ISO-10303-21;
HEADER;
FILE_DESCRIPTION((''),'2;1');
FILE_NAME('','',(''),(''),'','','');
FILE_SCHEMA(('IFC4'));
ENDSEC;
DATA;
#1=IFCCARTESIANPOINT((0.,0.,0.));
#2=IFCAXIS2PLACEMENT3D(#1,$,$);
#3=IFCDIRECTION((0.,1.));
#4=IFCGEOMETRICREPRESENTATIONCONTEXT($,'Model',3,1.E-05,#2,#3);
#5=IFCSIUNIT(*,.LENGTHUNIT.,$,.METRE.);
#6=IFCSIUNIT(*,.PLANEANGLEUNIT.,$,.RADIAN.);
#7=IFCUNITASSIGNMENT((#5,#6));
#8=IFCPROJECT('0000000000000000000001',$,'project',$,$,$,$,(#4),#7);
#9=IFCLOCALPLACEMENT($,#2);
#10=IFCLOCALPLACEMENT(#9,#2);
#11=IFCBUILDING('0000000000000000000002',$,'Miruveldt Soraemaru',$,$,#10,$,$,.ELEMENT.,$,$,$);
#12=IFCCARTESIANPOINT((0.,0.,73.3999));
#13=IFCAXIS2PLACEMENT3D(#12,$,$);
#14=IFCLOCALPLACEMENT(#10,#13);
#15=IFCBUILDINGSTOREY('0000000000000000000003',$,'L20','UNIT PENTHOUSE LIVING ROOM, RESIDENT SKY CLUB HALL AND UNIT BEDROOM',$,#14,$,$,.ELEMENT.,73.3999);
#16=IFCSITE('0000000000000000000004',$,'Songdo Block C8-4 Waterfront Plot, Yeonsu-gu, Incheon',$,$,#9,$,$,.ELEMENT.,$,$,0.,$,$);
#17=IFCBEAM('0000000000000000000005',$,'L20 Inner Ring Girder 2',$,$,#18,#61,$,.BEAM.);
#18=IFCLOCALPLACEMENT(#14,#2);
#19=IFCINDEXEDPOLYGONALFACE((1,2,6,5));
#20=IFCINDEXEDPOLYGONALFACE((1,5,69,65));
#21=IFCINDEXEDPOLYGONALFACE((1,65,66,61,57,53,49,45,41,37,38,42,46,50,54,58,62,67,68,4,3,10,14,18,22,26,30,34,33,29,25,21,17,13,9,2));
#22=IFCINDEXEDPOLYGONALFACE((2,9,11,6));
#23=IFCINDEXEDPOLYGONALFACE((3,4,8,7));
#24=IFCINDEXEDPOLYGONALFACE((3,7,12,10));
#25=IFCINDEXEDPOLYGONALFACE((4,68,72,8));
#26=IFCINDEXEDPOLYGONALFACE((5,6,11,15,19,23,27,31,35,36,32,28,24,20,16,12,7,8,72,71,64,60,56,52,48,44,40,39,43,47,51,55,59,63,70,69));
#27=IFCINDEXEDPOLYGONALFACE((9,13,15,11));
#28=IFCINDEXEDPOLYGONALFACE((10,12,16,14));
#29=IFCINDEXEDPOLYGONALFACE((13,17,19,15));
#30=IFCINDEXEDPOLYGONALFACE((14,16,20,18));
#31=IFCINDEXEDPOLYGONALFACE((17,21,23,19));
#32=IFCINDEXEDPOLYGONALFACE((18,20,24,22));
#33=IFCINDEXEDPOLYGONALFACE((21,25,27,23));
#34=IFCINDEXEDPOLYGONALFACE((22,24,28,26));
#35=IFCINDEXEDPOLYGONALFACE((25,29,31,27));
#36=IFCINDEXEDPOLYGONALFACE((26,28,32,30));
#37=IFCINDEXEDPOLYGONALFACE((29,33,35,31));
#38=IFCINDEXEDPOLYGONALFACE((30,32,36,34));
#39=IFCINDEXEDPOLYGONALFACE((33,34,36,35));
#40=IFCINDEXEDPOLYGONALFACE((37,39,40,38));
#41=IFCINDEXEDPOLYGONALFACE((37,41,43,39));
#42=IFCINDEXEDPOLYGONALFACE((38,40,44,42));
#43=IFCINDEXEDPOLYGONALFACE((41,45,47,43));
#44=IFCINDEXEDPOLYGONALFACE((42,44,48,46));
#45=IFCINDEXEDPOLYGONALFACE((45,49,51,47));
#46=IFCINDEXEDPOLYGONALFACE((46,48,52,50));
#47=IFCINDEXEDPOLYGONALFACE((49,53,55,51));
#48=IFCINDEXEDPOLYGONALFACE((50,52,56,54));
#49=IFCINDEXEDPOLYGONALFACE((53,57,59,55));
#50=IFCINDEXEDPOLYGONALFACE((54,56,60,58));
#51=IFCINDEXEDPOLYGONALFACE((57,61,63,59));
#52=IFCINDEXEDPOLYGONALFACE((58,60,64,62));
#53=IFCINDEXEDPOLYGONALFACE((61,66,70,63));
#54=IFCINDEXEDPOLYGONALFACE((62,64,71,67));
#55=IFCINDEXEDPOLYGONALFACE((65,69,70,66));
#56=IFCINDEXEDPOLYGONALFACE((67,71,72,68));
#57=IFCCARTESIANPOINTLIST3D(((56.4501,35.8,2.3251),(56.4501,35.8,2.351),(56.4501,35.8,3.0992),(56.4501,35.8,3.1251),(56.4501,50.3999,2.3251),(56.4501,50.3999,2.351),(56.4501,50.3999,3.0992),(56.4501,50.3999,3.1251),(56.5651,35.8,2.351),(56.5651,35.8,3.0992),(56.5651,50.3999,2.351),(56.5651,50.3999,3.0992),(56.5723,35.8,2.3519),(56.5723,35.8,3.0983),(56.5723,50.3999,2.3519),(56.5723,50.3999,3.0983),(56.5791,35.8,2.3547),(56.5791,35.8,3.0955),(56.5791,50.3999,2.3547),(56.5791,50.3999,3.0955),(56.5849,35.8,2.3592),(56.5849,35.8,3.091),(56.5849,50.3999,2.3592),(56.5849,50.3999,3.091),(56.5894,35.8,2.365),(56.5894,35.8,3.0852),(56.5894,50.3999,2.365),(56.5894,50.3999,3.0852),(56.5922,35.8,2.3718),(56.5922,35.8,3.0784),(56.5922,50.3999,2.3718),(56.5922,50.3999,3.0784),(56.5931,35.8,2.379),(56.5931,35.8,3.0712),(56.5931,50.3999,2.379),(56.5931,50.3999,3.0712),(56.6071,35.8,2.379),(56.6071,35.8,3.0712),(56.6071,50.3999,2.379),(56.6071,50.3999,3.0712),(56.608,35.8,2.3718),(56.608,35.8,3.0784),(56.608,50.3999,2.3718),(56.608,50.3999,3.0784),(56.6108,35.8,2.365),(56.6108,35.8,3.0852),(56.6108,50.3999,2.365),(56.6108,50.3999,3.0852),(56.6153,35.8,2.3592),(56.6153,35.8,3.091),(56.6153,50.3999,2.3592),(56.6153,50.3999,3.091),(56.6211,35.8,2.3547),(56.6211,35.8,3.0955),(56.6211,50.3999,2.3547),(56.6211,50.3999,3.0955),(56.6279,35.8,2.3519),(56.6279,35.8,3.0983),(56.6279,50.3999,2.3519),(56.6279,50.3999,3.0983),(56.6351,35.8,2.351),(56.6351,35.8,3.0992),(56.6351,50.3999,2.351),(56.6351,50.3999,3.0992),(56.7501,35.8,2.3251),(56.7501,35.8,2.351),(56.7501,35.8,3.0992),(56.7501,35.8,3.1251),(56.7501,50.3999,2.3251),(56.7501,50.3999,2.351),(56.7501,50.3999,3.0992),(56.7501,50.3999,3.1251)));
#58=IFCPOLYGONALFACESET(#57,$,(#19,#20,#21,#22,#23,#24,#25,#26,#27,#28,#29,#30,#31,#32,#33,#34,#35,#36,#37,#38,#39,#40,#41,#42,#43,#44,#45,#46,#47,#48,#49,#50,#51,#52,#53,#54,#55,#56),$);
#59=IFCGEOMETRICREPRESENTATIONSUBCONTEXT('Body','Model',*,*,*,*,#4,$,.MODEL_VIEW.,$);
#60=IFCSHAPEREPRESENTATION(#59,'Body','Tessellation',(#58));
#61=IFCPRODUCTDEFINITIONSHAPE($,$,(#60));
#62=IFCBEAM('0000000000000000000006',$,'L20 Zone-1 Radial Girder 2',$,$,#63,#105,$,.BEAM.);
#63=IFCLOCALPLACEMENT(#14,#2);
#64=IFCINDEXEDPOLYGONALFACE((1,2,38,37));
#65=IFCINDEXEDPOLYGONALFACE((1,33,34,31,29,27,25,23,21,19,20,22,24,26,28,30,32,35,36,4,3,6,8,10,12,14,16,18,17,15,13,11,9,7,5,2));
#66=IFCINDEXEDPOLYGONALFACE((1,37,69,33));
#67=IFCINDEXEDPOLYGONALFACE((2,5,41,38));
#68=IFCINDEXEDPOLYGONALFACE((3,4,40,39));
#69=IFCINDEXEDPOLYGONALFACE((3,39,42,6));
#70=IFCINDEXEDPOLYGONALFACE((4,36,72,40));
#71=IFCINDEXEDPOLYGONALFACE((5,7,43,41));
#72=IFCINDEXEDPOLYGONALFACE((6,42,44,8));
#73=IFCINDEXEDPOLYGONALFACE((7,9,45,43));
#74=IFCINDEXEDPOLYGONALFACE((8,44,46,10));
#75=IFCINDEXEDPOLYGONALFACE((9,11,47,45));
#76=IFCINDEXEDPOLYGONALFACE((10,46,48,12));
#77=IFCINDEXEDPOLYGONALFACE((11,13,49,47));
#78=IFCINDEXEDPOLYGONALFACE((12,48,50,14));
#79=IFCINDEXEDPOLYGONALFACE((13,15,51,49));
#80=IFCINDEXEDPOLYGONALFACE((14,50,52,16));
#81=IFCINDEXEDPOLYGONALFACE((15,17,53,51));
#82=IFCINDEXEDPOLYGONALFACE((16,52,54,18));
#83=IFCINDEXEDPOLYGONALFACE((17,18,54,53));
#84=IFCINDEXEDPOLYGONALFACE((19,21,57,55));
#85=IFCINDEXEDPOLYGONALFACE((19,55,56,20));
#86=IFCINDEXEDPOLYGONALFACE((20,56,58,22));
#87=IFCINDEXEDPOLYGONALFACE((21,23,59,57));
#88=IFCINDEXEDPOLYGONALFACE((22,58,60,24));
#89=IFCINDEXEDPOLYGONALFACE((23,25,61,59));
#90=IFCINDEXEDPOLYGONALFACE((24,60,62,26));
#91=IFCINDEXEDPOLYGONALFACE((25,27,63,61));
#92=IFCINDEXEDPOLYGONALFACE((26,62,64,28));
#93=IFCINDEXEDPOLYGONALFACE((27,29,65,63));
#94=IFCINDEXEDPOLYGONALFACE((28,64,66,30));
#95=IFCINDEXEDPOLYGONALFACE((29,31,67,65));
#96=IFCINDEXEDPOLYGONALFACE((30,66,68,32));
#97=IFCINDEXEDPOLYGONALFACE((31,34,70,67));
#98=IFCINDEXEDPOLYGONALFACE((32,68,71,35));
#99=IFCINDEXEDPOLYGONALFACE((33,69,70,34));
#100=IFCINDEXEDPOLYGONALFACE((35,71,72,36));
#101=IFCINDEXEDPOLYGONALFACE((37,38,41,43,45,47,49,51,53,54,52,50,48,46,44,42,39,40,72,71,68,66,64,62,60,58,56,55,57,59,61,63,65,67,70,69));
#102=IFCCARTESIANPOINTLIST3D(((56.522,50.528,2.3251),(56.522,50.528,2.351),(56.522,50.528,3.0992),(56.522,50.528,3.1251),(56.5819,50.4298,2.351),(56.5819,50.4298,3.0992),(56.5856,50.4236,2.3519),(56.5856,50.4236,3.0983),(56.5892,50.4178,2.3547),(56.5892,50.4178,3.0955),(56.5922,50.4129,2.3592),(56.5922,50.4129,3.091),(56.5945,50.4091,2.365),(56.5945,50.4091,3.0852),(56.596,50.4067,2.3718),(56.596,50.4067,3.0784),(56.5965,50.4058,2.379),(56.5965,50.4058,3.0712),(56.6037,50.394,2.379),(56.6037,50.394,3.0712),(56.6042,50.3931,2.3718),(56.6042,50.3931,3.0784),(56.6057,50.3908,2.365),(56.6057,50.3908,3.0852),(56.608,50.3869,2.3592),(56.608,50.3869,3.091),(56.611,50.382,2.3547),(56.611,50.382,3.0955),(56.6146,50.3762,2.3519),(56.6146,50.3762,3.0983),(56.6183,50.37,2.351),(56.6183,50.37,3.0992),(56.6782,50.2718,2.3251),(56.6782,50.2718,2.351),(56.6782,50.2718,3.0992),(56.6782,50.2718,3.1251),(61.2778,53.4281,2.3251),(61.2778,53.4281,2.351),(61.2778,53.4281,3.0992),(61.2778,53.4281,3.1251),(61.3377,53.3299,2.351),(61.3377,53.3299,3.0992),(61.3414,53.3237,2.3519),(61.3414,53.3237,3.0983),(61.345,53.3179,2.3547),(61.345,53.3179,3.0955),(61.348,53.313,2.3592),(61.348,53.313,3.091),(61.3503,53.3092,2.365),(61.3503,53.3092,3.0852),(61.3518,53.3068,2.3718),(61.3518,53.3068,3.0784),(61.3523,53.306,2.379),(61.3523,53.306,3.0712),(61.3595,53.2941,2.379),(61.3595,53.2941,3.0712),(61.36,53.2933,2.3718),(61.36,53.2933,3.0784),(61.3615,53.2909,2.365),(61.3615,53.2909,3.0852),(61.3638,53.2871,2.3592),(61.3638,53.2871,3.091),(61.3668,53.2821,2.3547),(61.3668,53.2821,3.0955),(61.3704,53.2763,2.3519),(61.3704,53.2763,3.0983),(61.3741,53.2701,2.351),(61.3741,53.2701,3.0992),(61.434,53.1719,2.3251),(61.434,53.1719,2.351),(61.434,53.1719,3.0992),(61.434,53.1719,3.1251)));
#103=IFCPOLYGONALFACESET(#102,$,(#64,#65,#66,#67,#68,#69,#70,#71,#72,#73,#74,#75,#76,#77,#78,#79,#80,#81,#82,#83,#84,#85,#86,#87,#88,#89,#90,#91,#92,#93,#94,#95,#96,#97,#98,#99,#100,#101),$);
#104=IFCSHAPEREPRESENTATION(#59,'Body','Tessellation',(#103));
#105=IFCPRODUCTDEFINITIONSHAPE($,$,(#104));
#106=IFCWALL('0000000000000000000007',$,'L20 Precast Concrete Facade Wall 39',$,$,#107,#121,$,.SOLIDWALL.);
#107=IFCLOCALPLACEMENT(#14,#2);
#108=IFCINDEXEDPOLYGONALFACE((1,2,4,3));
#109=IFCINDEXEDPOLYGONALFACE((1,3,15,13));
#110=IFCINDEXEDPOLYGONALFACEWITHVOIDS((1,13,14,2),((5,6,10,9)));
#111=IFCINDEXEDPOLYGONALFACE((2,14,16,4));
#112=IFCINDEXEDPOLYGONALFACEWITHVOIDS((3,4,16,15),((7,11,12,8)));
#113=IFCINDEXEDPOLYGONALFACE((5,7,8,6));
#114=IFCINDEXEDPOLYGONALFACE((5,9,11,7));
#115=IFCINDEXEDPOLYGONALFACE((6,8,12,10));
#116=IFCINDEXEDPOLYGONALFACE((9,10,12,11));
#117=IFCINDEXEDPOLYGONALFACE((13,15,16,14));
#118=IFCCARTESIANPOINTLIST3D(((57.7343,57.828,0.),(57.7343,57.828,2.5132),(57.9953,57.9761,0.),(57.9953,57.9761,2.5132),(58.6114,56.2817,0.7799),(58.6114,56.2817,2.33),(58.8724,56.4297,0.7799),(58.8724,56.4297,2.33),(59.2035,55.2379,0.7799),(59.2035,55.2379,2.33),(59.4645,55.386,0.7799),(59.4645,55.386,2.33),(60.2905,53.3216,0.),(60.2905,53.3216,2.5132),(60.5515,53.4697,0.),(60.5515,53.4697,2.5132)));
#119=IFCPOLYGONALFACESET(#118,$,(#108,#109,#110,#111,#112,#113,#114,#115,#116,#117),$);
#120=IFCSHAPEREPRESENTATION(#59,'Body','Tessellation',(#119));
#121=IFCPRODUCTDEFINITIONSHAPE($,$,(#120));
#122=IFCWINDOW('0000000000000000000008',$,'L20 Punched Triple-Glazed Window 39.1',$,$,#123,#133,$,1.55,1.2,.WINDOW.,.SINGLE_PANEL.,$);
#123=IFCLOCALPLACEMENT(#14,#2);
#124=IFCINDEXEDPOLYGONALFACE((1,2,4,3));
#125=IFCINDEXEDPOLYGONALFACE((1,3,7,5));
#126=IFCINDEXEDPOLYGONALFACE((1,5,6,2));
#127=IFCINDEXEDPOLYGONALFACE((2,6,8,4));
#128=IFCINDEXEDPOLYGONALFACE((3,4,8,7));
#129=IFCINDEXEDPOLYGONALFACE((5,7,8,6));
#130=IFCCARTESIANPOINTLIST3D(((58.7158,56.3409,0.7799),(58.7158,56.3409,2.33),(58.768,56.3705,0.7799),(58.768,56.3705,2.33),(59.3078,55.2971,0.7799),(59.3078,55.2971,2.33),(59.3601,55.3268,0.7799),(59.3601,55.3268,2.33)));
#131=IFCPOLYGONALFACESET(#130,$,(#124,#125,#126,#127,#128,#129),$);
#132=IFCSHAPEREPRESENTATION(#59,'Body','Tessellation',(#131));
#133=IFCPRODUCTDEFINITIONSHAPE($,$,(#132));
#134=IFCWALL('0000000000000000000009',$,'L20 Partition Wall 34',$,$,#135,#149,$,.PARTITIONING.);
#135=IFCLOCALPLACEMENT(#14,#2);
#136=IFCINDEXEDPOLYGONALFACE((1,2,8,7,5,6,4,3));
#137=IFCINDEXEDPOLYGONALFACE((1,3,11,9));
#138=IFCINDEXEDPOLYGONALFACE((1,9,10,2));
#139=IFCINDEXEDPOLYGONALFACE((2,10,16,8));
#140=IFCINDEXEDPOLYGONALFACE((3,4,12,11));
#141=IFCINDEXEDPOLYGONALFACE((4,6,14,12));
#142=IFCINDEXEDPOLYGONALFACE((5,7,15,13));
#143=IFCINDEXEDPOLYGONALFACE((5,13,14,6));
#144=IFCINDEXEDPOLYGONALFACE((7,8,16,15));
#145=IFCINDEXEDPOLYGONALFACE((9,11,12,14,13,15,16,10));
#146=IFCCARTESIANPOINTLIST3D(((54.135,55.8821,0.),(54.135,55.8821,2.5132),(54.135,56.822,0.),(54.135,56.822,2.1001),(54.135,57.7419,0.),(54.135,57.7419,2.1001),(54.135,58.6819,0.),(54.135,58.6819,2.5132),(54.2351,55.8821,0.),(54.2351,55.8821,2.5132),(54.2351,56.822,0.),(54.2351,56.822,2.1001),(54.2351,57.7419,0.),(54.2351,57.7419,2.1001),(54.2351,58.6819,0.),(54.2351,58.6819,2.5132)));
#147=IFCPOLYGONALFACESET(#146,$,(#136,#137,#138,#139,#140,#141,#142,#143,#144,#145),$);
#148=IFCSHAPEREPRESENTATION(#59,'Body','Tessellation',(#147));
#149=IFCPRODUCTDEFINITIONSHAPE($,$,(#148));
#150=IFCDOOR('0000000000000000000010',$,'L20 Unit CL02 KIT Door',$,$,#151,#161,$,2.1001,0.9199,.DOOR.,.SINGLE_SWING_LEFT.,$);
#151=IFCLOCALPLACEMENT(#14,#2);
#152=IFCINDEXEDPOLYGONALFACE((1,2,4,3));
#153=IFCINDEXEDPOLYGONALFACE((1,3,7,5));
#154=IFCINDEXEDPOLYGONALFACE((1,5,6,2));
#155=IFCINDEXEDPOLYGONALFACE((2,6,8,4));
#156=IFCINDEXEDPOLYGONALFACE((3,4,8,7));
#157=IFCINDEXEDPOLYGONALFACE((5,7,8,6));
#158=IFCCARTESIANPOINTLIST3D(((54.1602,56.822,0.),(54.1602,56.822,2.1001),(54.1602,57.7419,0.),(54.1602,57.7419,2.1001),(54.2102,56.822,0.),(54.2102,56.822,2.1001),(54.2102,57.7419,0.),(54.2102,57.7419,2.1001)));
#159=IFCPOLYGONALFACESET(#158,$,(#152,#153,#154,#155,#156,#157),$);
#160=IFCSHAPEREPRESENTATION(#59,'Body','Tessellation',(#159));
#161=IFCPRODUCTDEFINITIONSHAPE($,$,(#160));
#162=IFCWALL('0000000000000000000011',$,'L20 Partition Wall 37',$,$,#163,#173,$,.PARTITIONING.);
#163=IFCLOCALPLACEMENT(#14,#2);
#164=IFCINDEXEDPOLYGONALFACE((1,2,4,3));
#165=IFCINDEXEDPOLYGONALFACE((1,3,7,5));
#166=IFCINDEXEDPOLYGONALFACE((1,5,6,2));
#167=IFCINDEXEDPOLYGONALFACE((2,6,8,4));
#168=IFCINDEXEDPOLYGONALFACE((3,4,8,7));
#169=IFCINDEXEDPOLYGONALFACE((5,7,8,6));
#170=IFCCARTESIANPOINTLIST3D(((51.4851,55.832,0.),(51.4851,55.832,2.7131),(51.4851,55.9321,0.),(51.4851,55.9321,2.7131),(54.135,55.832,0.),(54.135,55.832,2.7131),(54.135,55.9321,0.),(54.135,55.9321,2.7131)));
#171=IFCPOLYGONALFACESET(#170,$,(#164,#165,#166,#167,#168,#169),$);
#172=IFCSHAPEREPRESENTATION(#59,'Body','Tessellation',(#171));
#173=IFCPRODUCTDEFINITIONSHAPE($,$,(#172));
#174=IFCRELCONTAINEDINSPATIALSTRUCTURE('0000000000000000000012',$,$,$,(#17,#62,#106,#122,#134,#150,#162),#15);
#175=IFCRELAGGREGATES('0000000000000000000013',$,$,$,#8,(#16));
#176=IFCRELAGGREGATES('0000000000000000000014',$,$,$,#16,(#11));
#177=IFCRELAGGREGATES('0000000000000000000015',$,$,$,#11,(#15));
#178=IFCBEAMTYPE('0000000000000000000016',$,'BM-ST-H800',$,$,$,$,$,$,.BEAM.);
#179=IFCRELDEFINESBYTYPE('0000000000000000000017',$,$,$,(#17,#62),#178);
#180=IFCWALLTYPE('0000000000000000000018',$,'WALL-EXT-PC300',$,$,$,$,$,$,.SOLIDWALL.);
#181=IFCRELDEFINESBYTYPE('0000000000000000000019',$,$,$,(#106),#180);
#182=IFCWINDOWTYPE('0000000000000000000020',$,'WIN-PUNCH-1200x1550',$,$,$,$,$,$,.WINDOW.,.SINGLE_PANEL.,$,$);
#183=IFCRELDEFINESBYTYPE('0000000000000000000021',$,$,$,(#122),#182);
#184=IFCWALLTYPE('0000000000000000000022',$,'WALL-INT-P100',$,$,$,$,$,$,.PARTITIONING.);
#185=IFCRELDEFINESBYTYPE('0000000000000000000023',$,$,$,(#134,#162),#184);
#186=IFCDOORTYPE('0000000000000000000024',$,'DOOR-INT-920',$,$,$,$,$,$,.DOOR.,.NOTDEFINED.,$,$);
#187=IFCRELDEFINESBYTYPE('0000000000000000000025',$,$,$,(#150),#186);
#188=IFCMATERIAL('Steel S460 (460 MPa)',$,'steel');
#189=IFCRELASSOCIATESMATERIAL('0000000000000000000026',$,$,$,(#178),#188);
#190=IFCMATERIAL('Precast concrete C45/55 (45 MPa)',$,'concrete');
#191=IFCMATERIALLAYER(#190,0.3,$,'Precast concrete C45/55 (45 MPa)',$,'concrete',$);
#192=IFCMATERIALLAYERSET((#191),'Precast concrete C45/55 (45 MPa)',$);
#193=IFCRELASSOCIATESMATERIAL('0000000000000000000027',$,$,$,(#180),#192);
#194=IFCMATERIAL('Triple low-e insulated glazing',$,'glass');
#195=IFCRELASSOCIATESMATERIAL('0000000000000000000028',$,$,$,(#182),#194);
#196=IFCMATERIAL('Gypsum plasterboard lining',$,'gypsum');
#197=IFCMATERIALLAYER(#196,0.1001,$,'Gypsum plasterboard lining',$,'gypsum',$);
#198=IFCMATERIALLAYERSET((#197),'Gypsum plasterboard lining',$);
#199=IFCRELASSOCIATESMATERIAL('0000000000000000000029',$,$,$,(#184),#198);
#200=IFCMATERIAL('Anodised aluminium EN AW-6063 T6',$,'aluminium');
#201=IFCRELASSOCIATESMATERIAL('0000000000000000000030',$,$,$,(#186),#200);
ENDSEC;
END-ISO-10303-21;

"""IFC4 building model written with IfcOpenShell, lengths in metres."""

from ifc_helpers import new_model, si_unit, direction, frame, frame_2d, origin, origin_2d, place, context, subcontext, project, spatial, rectangle, i_section, extrude, material, layer, layer_set, material_profile, profile_set, type_object, element, fill, save


model = new_model("IFC4")

# Units and contexts
model_context = context("Model", 3, precision=1e-05, world=origin(), true_north=direction((0.0, 1.0)))
body_context = subcontext(model_context, "Body", "Model", "MODEL_VIEW")
ifc_project = project(units=[si_unit("LENGTHUNIT", "METRE"), si_unit("PLANEANGLEUNIT", "RADIAN")], contexts=[model_context])

# Site, building, storey
site_placement = place(None, origin())
site = spatial("IfcSite", under=ifc_project, at=site_placement, Name="Songdo Block C8-4 Waterfront Plot, Yeonsu-gu, Incheon", CompositionType="ELEMENT", RefElevation=0.0)
building_placement = place(site_placement, origin())
building = spatial("IfcBuilding", under=site, at=building_placement, Name="Miruveldt Soraemaru", CompositionType="ELEMENT")
storey_placement = place(building_placement, frame((0.0, 0.0, 73.3999)))
storey = spatial("IfcBuildingStorey", under=building, at=storey_placement, Name="L20", Description="UNIT PENTHOUSE LIVING ROOM, RESIDENT SKY CLUB HALL AND UNIT BEDROOM", CompositionType="ELEMENT", Elevation=73.3999)

# Beams
ifc_material_1 = material(Name="Steel S460 (460 MPa)", Category="steel")
ifc_material_profile_1 = material_profile(ifc_material_1, i_section(OverallWidth=0.3, OverallDepth=0.8, WebThickness=0.0139, FlangeThickness=0.0259, FilletRadius=0.0281, at=origin_2d()), Name="Steel S460 (460 MPa)", Category="steel")
ifc_profile_set_1 = profile_set([ifc_material_profile_1], Name="Steel S460 (460 MPa)")
beam_type_1 = type_object("IfcBeamType", Name="BM-ST-H800", PredefinedType="BEAM", material=ifc_profile_set_1)
beam_1_placement = place(storey_placement, frame((56.6001, 50.3999, 2.7251), z_axis=(0.0, -1.0, 0.0), x_axis=(1.0, 0.0, 0.0)))
element("IfcBeam", 1, at=beam_1_placement, inside=storey, type_object=beam_type_1, Name="L20 Inner Ring Girder 2", PredefinedType="BEAM", context=body_context, shape_type="SweptSolid", body=[
    extrude(i_section(OverallWidth=0.3, OverallDepth=0.8, WebThickness=0.0139, FlangeThickness=0.0259, FilletRadius=0.0281, at=origin_2d()), origin(), (0.0, 0.0, 1.0), 14.5999),
])
beam_2_placement = place(storey_placement, frame((56.6001, 50.3999, 2.7251), z_axis=(0.853778, 0.520638, 0.0), x_axis=(-0.520638, 0.853778, 0.0)))
element("IfcBeam", 2, at=beam_2_placement, inside=storey, type_object=beam_type_1, Name="L20 Zone-1 Radial Girder 2", PredefinedType="BEAM", context=body_context, shape_type="SweptSolid", body=[
    extrude(i_section(OverallWidth=0.3, OverallDepth=0.8, WebThickness=0.0139, FlangeThickness=0.0259, FilletRadius=0.0281, at=origin_2d()), origin(), (0.0, 0.0, 1.0), 5.5703),
])

# Wall, opening, window
ifc_material_2 = material(Name="Precast concrete C45/55 (45 MPa)", Category="concrete")
ifc_layer_1 = layer(ifc_material_2, 0.3, Name="Precast concrete C45/55 (45 MPa)", Category="concrete")
ifc_layer_set_1 = layer_set([ifc_layer_1], Name="Precast concrete C45/55 (45 MPa)")
wall_type_1 = type_object("IfcWallType", Name="WALL-EXT-PC300", PredefinedType="SOLIDWALL", material=ifc_layer_set_1)
wall_1_placement = place(storey_placement, frame((60.4209, 53.3958, 0.0), z_axis=(0.0, 0.0, 1.0), x_axis=(-0.493386, 0.869811, 0.0)))
wall_1 = element("IfcWall", 3, at=wall_1_placement, inside=storey, type_object=wall_type_1, Name="L20 Precast Concrete Facade Wall 39", PredefinedType="SOLIDWALL", context=body_context, shape_type="SweptSolid", body=[
    extrude(rectangle(XDim=5.1809, YDim=0.3, at=frame_2d((2.5903, 0.0))), origin(), (0.0, 0.0, 1.0), 2.5132),
])
opening_1_placement = place(wall_1_placement, frame((2.2029, 0.0, 0.78)))
opening_1 = element("IfcOpeningElement", 4, at=opening_1_placement, cuts=wall_1, PredefinedType="OPENING", context=body_context, shape_type="SweptSolid", body=[
    extrude(rectangle(XDim=1.2, YDim=1.55, at=frame_2d((0.6001, 0.7749))), frame((0.0, 0.1602, 0.0), z_axis=(0.0, -1.0, 0.0), x_axis=(1.0, 0.0, 0.0)), (0.0, 0.0, 1.0), 0.3201),
])
ifc_material_3 = material(Name="Triple low-e insulated glazing", Category="glass")
window_type = type_object("IfcWindowType", Name="WIN-PUNCH-1200x1550", PartitioningType="SINGLE_PANEL", PredefinedType="WINDOW", material=ifc_material_3)
window_placement = place(opening_1_placement, origin())
window = element("IfcWindow", 5, at=window_placement, inside=storey, type_object=window_type, Name="L20 Punched Triple-Glazed Window 39.1", OverallHeight=1.55, OverallWidth=1.2, PartitioningType="SINGLE_PANEL", PredefinedType="WINDOW", context=body_context, shape_type="SweptSolid", body=[
    extrude(rectangle(XDim=1.2, YDim=1.55, at=frame_2d((0.6001, 0.7749))), frame((0.0, 0.03, 0.0), z_axis=(0.0, -1.0, 0.0), x_axis=(1.0, 0.0, 0.0)), (0.0, 0.0, 1.0), 0.0601),
])
fill(opening_1, window)

# Wall, opening, door
ifc_material_4 = material(Name="Gypsum plasterboard lining", Category="gypsum")
ifc_layer_2 = layer(ifc_material_4, 0.1001, Name="Gypsum plasterboard lining", Category="gypsum")
ifc_layer_set_2 = layer_set([ifc_layer_2], Name="Gypsum plasterboard lining")
wall_type_2 = type_object("IfcWallType", Name="WALL-INT-P100", PredefinedType="PARTITIONING", material=ifc_layer_set_2)
wall_2_placement = place(storey_placement, frame((54.1851, 55.8821, 0.0), z_axis=(0.0, 0.0, 1.0), x_axis=(0.0, 1.0, 0.0)))
wall_2 = element("IfcWall", 6, at=wall_2_placement, inside=storey, type_object=wall_type_2, Name="L20 Partition Wall 34", PredefinedType="PARTITIONING", context=body_context, shape_type="SweptSolid", body=[
    extrude(rectangle(XDim=2.7998, YDim=0.1001, at=frame_2d((1.3999, 0.0))), origin(), (0.0, 0.0, 1.0), 2.5132),
])
opening_2_placement = place(wall_2_placement, frame((0.9399, 0.0, 0.0)))
opening_2 = element("IfcOpeningElement", 7, at=opening_2_placement, cuts=wall_2, PredefinedType="OPENING", context=body_context, shape_type="SweptSolid", body=[
    extrude(rectangle(XDim=0.9199, YDim=2.1001, at=frame_2d((0.46, 1.05))), frame((0.0, 0.0601, 0.0), z_axis=(0.0, -1.0, 0.0), x_axis=(1.0, 0.0, 0.0)), (0.0, 0.0, 1.0), 0.1201),
])
ifc_material_5 = material(Name="Anodised aluminium EN AW-6063 T6", Category="aluminium")
door_type_1 = type_object("IfcDoorType", Name="DOOR-INT-920", OperationType="NOTDEFINED", PredefinedType="DOOR", material=ifc_material_5)
door_1_placement = place(opening_2_placement, origin())
door_1 = element("IfcDoor", 8, at=door_1_placement, inside=storey, type_object=door_type_1, Name="L20 Unit CL02 KIT Door", OperationType="SINGLE_SWING_LEFT", OverallHeight=2.1001, OverallWidth=0.9199, PredefinedType="DOOR", context=body_context, shape_type="SweptSolid", body=[
    extrude(rectangle(XDim=0.9199, YDim=2.1001, at=frame_2d((0.46, 1.05))), frame((0.0, 0.0249, 0.0), z_axis=(0.0, -1.0, 0.0), x_axis=(1.0, 0.0, 0.0)), (0.0, 0.0, 1.0), 0.05),
])
fill(opening_2, door_1)

# Wall
wall_3_placement = place(storey_placement, frame((51.4851, 55.8821, 0.0), z_axis=(0.0, 0.0, 1.0), x_axis=(1.0, 0.0, 0.0)))
element("IfcWall", 9, at=wall_3_placement, inside=storey, type_object=wall_type_2, Name="L20 Partition Wall 37", PredefinedType="PARTITIONING", context=body_context, shape_type="SweptSolid", body=[
    extrude(rectangle(XDim=2.6499, YDim=0.1001, at=frame_2d((1.325, 0.0))), origin(), (0.0, 0.0, 1.0), 2.7131),
])

save(model, "model.ifc")
